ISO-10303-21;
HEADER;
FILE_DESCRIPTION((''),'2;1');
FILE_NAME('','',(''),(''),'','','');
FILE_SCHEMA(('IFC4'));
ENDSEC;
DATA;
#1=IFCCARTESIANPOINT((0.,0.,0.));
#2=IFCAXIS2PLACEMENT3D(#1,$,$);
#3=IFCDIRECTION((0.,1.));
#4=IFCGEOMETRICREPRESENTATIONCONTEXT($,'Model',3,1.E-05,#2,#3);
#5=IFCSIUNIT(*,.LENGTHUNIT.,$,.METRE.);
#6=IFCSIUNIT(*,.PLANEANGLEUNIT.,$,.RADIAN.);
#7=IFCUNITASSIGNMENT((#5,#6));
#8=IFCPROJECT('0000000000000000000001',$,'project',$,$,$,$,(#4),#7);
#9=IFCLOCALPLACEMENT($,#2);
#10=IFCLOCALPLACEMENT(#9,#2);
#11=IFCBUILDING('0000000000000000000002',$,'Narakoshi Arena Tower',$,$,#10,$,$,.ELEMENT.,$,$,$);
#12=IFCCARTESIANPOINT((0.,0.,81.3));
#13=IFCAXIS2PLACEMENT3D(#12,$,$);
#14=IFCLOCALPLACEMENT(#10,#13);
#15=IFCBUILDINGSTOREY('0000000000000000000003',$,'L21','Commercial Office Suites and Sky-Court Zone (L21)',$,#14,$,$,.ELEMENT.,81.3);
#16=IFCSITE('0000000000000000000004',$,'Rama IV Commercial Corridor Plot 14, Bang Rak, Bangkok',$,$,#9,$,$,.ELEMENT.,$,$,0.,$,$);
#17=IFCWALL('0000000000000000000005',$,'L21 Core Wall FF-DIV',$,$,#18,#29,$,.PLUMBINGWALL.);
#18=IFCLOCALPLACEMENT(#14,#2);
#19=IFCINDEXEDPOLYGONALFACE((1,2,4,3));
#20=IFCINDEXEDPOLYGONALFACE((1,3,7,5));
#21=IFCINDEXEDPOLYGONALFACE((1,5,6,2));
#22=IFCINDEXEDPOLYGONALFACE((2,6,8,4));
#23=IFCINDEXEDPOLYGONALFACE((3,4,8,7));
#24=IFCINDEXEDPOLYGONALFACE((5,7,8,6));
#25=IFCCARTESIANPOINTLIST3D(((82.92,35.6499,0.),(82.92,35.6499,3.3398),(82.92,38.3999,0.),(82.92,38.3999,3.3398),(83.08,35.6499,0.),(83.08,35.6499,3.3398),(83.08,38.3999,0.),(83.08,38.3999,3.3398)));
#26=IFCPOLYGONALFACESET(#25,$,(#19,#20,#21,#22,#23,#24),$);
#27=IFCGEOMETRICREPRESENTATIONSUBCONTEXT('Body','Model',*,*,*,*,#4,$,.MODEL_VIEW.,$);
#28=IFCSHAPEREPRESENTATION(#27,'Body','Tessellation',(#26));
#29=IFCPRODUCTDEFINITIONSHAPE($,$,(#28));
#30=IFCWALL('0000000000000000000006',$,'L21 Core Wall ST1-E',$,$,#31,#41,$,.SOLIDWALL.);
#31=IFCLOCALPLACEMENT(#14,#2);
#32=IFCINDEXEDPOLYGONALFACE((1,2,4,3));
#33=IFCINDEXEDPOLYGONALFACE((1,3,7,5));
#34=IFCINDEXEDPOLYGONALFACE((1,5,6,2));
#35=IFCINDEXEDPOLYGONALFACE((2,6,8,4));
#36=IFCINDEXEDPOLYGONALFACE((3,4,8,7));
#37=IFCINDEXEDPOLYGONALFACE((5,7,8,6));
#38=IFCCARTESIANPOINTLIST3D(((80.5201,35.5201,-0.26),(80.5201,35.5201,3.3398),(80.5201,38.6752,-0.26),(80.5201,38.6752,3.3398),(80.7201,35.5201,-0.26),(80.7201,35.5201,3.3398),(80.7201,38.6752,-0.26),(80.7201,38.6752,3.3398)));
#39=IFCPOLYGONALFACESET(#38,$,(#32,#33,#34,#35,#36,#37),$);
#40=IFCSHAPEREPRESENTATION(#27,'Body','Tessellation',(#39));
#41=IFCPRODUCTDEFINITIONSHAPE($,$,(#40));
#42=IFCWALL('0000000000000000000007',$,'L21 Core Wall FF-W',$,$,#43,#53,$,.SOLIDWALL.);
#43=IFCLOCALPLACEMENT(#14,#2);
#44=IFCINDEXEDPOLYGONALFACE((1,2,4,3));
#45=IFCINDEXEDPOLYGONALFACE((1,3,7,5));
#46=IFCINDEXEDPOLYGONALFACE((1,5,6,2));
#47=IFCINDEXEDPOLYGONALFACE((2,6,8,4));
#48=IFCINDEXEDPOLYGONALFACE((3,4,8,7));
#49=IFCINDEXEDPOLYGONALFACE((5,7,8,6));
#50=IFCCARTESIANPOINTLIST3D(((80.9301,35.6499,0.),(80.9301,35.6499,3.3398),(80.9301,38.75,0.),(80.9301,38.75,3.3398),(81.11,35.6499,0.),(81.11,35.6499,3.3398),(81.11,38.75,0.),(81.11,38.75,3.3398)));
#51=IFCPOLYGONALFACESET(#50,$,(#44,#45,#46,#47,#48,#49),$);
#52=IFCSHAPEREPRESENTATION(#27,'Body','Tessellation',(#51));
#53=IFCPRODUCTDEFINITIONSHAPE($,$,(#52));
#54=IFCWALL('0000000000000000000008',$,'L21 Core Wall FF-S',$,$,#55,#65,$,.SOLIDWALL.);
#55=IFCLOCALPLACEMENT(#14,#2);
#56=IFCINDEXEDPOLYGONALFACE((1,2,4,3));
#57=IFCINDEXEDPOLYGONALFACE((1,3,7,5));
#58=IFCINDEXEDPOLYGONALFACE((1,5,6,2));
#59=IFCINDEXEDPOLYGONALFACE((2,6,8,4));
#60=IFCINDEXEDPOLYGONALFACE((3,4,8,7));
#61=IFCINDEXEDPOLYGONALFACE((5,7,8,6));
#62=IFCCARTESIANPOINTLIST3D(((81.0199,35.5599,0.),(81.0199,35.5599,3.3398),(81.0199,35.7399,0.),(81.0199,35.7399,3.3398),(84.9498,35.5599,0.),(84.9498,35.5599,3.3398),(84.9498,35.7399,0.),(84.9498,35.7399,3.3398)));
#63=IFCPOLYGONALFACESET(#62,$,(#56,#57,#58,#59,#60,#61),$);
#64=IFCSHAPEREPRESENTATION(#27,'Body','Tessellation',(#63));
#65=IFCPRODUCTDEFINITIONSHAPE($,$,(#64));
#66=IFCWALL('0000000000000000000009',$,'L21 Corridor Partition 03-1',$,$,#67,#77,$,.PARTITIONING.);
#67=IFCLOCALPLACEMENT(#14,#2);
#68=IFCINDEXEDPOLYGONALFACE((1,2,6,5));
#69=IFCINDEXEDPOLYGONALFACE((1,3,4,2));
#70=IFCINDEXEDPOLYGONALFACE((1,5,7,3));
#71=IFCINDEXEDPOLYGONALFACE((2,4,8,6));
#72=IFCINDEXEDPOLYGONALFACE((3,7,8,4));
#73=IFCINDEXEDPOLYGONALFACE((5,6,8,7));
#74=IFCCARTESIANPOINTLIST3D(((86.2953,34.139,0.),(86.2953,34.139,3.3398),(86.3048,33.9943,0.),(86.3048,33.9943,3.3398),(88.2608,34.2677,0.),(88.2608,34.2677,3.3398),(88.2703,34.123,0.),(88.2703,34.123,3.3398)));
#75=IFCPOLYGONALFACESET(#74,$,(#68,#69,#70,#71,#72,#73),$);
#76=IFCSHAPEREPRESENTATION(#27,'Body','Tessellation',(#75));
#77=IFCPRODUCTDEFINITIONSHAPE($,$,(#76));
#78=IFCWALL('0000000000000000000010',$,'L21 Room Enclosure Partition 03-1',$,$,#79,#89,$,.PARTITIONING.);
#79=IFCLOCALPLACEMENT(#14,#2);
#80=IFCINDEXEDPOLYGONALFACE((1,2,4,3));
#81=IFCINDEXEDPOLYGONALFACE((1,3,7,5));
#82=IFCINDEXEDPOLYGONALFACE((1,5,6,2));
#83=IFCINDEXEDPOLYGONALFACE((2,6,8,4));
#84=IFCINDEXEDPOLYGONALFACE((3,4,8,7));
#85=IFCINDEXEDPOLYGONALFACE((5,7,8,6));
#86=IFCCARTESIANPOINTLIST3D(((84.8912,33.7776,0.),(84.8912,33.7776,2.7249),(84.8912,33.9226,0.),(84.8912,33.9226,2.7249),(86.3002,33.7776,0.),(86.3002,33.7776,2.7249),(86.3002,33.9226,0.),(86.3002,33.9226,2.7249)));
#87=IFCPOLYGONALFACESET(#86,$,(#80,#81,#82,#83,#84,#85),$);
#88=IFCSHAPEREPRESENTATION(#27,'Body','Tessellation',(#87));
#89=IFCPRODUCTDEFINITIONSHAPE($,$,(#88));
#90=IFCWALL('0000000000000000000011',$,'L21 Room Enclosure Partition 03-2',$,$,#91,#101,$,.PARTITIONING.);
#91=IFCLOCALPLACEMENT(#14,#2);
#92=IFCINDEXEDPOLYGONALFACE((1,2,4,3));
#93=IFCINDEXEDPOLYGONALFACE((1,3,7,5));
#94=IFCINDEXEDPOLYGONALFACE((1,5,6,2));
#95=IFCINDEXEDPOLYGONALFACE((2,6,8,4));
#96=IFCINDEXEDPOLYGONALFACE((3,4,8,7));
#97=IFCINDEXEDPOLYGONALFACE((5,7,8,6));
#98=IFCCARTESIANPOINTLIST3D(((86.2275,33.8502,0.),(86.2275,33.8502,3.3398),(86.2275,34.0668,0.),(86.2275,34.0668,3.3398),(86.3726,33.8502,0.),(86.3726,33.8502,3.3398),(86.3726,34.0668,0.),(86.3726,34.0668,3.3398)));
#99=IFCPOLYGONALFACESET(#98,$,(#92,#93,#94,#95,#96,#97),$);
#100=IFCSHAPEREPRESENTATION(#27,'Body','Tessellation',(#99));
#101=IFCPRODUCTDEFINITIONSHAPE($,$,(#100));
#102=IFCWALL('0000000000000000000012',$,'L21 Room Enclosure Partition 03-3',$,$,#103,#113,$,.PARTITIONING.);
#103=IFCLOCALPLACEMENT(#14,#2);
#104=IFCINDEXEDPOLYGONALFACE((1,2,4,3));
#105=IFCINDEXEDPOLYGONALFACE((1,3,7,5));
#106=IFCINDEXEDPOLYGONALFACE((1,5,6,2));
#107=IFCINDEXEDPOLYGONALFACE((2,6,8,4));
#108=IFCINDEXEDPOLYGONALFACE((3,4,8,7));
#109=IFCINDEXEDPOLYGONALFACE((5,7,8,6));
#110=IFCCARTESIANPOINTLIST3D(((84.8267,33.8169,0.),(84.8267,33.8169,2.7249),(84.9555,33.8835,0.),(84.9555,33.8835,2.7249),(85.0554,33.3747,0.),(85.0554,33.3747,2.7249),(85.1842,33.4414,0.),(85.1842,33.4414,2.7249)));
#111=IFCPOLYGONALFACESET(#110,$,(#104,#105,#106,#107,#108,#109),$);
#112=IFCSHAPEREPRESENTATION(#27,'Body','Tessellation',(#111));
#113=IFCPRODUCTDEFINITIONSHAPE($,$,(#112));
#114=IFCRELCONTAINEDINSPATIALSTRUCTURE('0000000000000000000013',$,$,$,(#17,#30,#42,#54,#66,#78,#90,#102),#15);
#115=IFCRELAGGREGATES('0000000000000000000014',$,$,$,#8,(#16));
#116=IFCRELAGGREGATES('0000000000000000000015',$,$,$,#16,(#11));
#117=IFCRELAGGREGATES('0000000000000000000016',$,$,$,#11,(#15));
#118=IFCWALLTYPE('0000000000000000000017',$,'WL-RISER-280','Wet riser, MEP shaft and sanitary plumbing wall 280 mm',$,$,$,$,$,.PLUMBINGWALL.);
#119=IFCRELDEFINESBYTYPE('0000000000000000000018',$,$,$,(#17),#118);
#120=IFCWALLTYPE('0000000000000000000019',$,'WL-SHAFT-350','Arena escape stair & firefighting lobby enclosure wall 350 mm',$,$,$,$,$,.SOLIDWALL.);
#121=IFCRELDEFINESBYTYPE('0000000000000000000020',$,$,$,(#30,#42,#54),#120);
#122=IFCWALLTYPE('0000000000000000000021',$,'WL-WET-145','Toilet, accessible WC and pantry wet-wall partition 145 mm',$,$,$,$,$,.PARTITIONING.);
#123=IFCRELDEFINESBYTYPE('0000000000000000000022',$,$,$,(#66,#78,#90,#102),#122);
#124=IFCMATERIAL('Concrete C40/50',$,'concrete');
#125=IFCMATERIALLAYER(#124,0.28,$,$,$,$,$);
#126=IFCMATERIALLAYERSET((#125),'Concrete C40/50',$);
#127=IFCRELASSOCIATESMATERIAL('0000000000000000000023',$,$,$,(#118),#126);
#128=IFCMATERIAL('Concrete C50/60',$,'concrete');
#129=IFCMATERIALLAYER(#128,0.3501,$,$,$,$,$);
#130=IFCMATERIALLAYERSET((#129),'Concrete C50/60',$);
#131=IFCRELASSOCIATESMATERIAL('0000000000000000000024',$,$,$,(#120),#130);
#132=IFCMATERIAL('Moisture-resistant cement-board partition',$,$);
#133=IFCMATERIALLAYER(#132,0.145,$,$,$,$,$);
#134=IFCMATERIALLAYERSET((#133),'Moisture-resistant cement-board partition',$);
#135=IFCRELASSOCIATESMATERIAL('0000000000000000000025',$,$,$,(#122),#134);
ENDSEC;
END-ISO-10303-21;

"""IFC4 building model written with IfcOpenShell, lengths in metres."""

from ifc_helpers import new_model, si_unit, direction, frame, frame_2d, origin, place, context, subcontext, project, spatial, rectangle, extrude, material, layer, layer_set, type_object, element, save


model = new_model("IFC4")

# Units and contexts
model_context = context("Model", 3, precision=1e-05, world=origin(), true_north=direction((0.0, 1.0)))
body_context = subcontext(model_context, "Body", "Model", "MODEL_VIEW")
ifc_project = project(units=[si_unit("LENGTHUNIT", "METRE"), si_unit("PLANEANGLEUNIT", "RADIAN")], contexts=[model_context])

# Site, building, storey
site_placement = place(None, origin())
site = spatial("IfcSite", under=ifc_project, at=site_placement, Name="Rama IV Commercial Corridor Plot 14, Bang Rak, Bangkok", CompositionType="ELEMENT", RefElevation=0.0)
building_placement = place(site_placement, origin())
building = spatial("IfcBuilding", under=site, at=building_placement, Name="Narakoshi Arena Tower", CompositionType="ELEMENT")
storey_placement = place(building_placement, frame((0.0, 0.0, 81.3)))
storey = spatial("IfcBuildingStorey", under=building, at=storey_placement, Name="L21", Description="Commercial Office Suites and Sky-Court Zone (L21)", CompositionType="ELEMENT", Elevation=81.3)

# Walls
ifc_material_1 = material(Name="Concrete C40/50", Category="concrete")
ifc_layer_1 = layer(ifc_material_1, 0.28)
ifc_layer_set_1 = layer_set([ifc_layer_1], Name="Concrete C40/50")
wall_type_1 = type_object("IfcWallType", Name="WL-RISER-280", Description="Wet riser, MEP shaft and sanitary plumbing wall 280 mm", PredefinedType="PLUMBINGWALL", material=ifc_layer_set_1)
wall_1_placement = place(storey_placement, frame((83.0, 35.6499, 0.0), z_axis=(0.0, 0.0, 1.0), x_axis=(0.0, 1.0, 0.0)))
element("IfcWall", 1, at=wall_1_placement, inside=storey, type_object=wall_type_1, Name="L21 Core Wall FF-DIV", PredefinedType="PLUMBINGWALL", context=body_context, shape_type="SweptSolid", body=[
    extrude(rectangle(XDim=2.75, YDim=0.1599, at=frame_2d((1.375, 0.0))), origin(), (0.0, 0.0, 1.0), 3.3398),
])
ifc_material_2 = material(Name="Concrete C50/60", Category="concrete")
ifc_layer_2 = layer(ifc_material_2, 0.3501)
ifc_layer_set_2 = layer_set([ifc_layer_2], Name="Concrete C50/60")
wall_type_2 = type_object("IfcWallType", Name="WL-SHAFT-350", Description="Arena escape stair & firefighting lobby enclosure wall 350 mm", PredefinedType="SOLIDWALL", material=ifc_layer_set_2)
wall_2_placement = place(storey_placement, frame((80.6201, 35.52, -0.26), z_axis=(0.0, 0.0, 1.0), x_axis=(0.0, 1.0, 0.0)))
element("IfcWall", 2, at=wall_2_placement, inside=storey, type_object=wall_type_2, Name="L21 Core Wall ST1-E", PredefinedType="SOLIDWALL", context=body_context, shape_type="SweptSolid", body=[
    extrude(rectangle(XDim=3.155, YDim=0.2, at=frame_2d((1.5776, 0.0))), origin(), (0.0, 0.0, 1.0), 3.5999),
])
wall_3_placement = place(storey_placement, frame((81.02, 35.6499, 0.0), z_axis=(0.0, 0.0, 1.0), x_axis=(0.0, 1.0, 0.0)))
element("IfcWall", 3, at=wall_3_placement, inside=storey, type_object=wall_type_2, Name="L21 Core Wall FF-W", PredefinedType="SOLIDWALL", context=body_context, shape_type="SweptSolid", body=[
    extrude(rectangle(XDim=3.1001, YDim=0.1799, at=frame_2d((1.55, 0.0))), origin(), (0.0, 0.0, 1.0), 3.3398),
])
wall_4_placement = place(storey_placement, frame((81.02, 35.6499, 0.0), z_axis=(0.0, 0.0, 1.0), x_axis=(1.0, 0.0, 0.0)))
element("IfcWall", 4, at=wall_4_placement, inside=storey, type_object=wall_type_2, Name="L21 Core Wall FF-S", PredefinedType="SOLIDWALL", context=body_context, shape_type="SweptSolid", body=[
    extrude(rectangle(XDim=3.9299, YDim=0.1799, at=frame_2d((1.9648, 0.0))), origin(), (0.0, 0.0, 1.0), 3.3398),
])
ifc_material_3 = material(Name="Moisture-resistant cement-board partition")
ifc_layer_3 = layer(ifc_material_3, 0.145)
ifc_layer_set_3 = layer_set([ifc_layer_3], Name="Moisture-resistant cement-board partition")
wall_type_3 = type_object("IfcWallType", Name="WL-WET-145", Description="Toilet, accessible WC and pantry wet-wall partition 145 mm", PredefinedType="PARTITIONING", material=ifc_layer_set_3)
wall_5_placement = place(storey_placement, frame((86.3, 34.0667, 0.0), z_axis=(0.0, 0.0, 1.0), x_axis=(0.997865, 0.065318, 0.0)))
element("IfcWall", 5, at=wall_5_placement, inside=storey, type_object=wall_type_3, Name="L21 Corridor Partition 03-1", PredefinedType="PARTITIONING", context=body_context, shape_type="SweptSolid", body=[
    extrude(rectangle(XDim=1.9697, YDim=0.145, at=frame_2d((0.9849, 0.0))), origin(), (0.0, 0.0, 1.0), 3.3398),
])

# Walls
wall_6_placement = place(storey_placement, frame((84.8911, 33.8501, 0.0), z_axis=(0.0, 0.0, 1.0), x_axis=(1.0, 0.0, 0.0)))
element("IfcWall", 6, at=wall_6_placement, inside=storey, type_object=wall_type_3, Name="L21 Room Enclosure Partition 03-1", PredefinedType="PARTITIONING", context=body_context, shape_type="SweptSolid", body=[
    extrude(rectangle(XDim=1.4089, YDim=0.145, at=frame_2d((0.7046, 0.0))), origin(), (0.0, 0.0, 1.0), 2.7249),
])
wall_7_placement = place(storey_placement, frame((86.3, 33.8501, 0.0), z_axis=(0.0, 0.0, 1.0), x_axis=(0.0, 1.0, 0.0)))
element("IfcWall", 7, at=wall_7_placement, inside=storey, type_object=wall_type_3, Name="L21 Room Enclosure Partition 03-2", PredefinedType="PARTITIONING", context=body_context, shape_type="SweptSolid", body=[
    extrude(rectangle(XDim=0.2166, YDim=0.145, at=frame_2d((0.1084, 0.0))), origin(), (0.0, 0.0, 1.0), 3.3398),
])
wall_8_placement = place(storey_placement, frame((85.1199, 33.408, 0.0), z_axis=(0.0, 0.0, 1.0), x_axis=(-0.45953, 0.888162, 0.0)))
element("IfcWall", 8, at=wall_8_placement, inside=storey, type_object=wall_type_3, Name="L21 Room Enclosure Partition 03-3", PredefinedType="PARTITIONING", context=body_context, shape_type="SweptSolid", body=[
    extrude(rectangle(XDim=0.4978, YDim=0.145, at=frame_2d((0.249, 0.0))), origin(), (0.0, 0.0, 1.0), 2.7249),
])

save(model, "model.ifc")
